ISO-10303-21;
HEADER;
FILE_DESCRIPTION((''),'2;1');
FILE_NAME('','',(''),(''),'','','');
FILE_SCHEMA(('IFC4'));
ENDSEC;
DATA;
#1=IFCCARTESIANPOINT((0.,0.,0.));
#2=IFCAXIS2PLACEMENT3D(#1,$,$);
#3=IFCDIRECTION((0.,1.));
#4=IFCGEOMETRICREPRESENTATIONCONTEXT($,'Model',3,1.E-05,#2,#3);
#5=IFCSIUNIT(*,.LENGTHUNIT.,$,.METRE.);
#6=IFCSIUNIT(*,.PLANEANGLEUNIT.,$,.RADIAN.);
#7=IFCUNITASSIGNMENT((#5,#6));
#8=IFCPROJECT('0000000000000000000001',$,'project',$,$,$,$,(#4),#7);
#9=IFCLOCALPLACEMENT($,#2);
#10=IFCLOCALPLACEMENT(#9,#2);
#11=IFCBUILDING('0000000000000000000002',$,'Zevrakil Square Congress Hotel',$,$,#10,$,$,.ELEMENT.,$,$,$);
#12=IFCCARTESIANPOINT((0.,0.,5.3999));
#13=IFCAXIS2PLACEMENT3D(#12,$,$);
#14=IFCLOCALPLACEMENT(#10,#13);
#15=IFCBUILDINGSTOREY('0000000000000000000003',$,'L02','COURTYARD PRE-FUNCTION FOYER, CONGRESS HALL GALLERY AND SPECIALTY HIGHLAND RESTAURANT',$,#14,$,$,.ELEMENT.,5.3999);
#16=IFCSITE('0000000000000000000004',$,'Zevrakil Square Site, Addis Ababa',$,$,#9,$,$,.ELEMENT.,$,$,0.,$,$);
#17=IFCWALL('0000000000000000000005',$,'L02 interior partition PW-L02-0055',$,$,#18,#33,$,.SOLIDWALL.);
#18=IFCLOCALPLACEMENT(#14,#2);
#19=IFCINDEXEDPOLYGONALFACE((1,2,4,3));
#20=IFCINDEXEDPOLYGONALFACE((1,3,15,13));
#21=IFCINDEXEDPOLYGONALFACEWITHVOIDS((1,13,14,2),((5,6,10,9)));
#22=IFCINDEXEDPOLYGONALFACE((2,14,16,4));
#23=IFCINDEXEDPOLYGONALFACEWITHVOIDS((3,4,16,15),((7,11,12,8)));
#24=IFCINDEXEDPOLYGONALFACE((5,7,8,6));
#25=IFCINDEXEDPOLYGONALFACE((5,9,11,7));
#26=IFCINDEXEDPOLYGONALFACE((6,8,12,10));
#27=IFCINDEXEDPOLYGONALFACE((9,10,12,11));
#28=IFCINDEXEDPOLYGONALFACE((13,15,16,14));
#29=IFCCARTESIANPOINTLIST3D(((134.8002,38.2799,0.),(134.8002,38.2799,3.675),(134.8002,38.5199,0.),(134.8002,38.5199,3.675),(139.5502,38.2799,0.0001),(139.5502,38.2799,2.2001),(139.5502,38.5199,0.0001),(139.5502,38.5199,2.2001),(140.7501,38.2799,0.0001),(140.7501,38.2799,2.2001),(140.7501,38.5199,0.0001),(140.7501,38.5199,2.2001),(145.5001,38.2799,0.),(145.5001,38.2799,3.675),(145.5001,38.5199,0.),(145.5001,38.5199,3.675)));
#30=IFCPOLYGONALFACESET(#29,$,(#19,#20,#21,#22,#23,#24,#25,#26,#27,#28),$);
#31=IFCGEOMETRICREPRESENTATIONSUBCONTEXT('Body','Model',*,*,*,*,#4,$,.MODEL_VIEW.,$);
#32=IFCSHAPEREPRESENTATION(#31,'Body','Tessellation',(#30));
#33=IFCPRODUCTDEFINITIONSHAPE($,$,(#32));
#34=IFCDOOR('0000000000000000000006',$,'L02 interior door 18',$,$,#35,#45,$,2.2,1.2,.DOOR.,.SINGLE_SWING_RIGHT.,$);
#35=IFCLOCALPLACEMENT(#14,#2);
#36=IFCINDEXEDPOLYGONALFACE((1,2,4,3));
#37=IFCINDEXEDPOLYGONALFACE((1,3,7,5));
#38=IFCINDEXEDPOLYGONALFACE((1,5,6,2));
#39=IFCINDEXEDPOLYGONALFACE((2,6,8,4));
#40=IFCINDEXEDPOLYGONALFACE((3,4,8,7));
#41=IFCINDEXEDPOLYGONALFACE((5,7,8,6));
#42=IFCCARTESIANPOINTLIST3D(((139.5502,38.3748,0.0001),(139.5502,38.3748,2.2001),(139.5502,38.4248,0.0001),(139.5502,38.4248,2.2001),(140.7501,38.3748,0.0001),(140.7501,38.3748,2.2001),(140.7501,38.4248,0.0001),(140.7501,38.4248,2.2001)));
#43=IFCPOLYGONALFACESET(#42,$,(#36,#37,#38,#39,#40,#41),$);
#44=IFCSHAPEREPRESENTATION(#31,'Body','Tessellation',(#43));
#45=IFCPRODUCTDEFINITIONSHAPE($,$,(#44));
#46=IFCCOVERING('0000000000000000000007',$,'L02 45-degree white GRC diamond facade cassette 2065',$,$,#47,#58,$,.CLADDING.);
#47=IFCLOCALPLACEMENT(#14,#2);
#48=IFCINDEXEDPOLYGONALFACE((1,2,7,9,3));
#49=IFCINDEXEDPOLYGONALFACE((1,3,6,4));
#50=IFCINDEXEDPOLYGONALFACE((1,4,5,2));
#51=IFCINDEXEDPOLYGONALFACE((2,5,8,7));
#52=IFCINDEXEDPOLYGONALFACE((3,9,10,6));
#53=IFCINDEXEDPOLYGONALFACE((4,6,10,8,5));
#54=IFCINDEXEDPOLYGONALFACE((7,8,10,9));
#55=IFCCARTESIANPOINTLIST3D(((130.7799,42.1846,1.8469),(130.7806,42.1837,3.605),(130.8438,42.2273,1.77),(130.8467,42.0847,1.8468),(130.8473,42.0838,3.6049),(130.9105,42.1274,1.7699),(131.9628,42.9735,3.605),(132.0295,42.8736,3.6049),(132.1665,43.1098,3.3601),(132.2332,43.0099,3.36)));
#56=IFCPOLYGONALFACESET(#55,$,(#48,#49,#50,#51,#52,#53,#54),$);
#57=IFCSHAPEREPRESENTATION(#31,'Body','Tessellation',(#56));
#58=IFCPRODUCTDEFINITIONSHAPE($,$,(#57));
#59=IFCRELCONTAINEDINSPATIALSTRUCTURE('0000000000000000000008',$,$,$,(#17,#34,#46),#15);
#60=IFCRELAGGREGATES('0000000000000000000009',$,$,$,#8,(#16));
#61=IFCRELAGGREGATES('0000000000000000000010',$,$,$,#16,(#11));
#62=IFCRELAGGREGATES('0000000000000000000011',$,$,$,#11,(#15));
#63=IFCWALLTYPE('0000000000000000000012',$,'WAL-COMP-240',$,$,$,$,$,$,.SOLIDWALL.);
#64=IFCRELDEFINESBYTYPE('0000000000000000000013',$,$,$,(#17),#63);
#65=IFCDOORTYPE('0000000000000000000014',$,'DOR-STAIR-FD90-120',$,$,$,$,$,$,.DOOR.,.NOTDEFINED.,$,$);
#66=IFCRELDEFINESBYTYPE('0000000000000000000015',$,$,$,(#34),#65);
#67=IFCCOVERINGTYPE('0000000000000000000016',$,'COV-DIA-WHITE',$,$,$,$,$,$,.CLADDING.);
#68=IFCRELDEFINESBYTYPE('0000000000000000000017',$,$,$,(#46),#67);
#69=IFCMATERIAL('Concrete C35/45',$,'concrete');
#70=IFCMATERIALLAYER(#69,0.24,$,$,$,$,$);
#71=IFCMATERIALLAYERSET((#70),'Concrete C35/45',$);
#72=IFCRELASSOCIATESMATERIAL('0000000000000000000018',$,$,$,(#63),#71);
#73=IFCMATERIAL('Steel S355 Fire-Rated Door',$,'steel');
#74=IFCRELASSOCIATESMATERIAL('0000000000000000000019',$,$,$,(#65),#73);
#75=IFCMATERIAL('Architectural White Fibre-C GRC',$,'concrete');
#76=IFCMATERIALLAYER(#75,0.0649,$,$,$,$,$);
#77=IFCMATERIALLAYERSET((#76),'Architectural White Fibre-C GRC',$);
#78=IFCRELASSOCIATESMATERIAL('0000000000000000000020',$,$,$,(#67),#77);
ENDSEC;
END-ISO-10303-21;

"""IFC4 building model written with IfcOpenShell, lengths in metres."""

from ifc_helpers import new_model, si_unit, direction, frame, frame_2d, origin, place, context, subcontext, project, spatial, polyline, rectangle, outline, extrude, material, layer, layer_set, type_object, element, fill, save


model = new_model("IFC4")

# Units and contexts
model_context = context("Model", 3, precision=1e-05, world=origin(), true_north=direction((0.0, 1.0)))
body_context = subcontext(model_context, "Body", "Model", "MODEL_VIEW")
ifc_project = project(units=[si_unit("LENGTHUNIT", "METRE"), si_unit("PLANEANGLEUNIT", "RADIAN")], contexts=[model_context])

# Site, building, storey
site_placement = place(None, origin())
site = spatial("IfcSite", under=ifc_project, at=site_placement, Name="Zevrakil Square Site, Addis Ababa", CompositionType="ELEMENT", RefElevation=0.0)
building_placement = place(site_placement, origin())
building = spatial("IfcBuilding", under=site, at=building_placement, Name="Zevrakil Square Congress Hotel", CompositionType="ELEMENT")
storey_placement = place(building_placement, frame((0.0, 0.0, 5.3999)))
storey = spatial("IfcBuildingStorey", under=building, at=storey_placement, Name="L02", Description="COURTYARD PRE-FUNCTION FOYER, CONGRESS HALL GALLERY AND SPECIALTY HIGHLAND RESTAURANT", CompositionType="ELEMENT", Elevation=5.3999)

# Wall, opening, door
ifc_material_1 = material(Name="Concrete C35/45", Category="concrete")
ifc_layer_1 = layer(ifc_material_1, 0.24)
ifc_layer_set_1 = layer_set([ifc_layer_1], Name="Concrete C35/45")
wall_type = type_object("IfcWallType", Name="WAL-COMP-240", PredefinedType="SOLIDWALL", material=ifc_layer_set_1)
wall_1_placement = place(storey_placement, frame((134.8, 38.3999, 0.0), z_axis=(0.0, 0.0, 1.0), x_axis=(1.0, 0.0, 0.0)))
wall_1 = element("IfcWall", 1, at=wall_1_placement, inside=storey, type_object=wall_type, Name="L02 interior partition PW-L02-0055", PredefinedType="SOLIDWALL", context=body_context, shape_type="SweptSolid", body=[
    extrude(rectangle(XDim=10.7, YDim=0.24, at=frame_2d((5.3501, 0.0))), origin(), (0.0, 0.0, 1.0), 3.675),
])
opening_1_placement = place(wall_1_placement, frame((4.75, 0.0, 0.0)))
opening_1 = element("IfcOpeningElement", 2, at=opening_1_placement, cuts=wall_1, PredefinedType="OPENING", context=body_context, shape_type="SweptSolid", body=[
    extrude(rectangle(XDim=1.2, YDim=2.2, at=frame_2d((0.6001, 1.1001))), frame((0.0, 0.1299, 0.0), z_axis=(0.0, -1.0, 0.0), x_axis=(1.0, 0.0, 0.0)), (0.0, 0.0, 1.0), 0.26),
])
ifc_material_2 = material(Name="Steel S355 Fire-Rated Door", Category="steel")
door_type_1 = type_object("IfcDoorType", Name="DOR-STAIR-FD90-120", OperationType="NOTDEFINED", PredefinedType="DOOR", material=ifc_material_2)
door_1_placement = place(opening_1_placement, origin())
door_1 = element("IfcDoor", 3, at=door_1_placement, inside=storey, type_object=door_type_1, Name="L02 interior door 18", OperationType="SINGLE_SWING_RIGHT", OverallHeight=2.2, OverallWidth=1.2, PredefinedType="DOOR", context=body_context, shape_type="SweptSolid", body=[
    extrude(rectangle(XDim=1.2, YDim=2.2, at=frame_2d((0.6001, 1.1001))), frame((0.0, 0.0249, 0.0), z_axis=(0.0, -1.0, 0.0), x_axis=(1.0, 0.0, 0.0)), (0.0, 0.0, 1.0), 0.05),
])
fill(opening_1, door_1)

# Covering
ifc_material_3 = material(Name="Architectural White Fibre-C GRC", Category="concrete")
ifc_layer_2 = layer(ifc_material_3, 0.0649)
ifc_layer_set_2 = layer_set([ifc_layer_2], Name="Architectural White Fibre-C GRC")
covering_type = type_object("IfcCoveringType", Name="COV-DIA-WHITE", PredefinedType="CLADDING", material=ifc_layer_set_2)
covering_placement = place(storey_placement, frame((130.8438, 42.2273, 1.77), z_axis=(-0.555521, 0.831502, 0.000642), x_axis=(0.588214, 0.392436, 0.707106)))
element("IfcCovering", 4, at=covering_placement, inside=storey, type_object=covering_type, Name="L02 45-degree white GRC diamond facade cassette 2065", PredefinedType="CLADDING", context=body_context, shape_type="SweptSolid", body=[
    extrude(outline(polyline([(0.0, 0.0), (2.2487, 0.0), (2.2486, -0.3465), (1.2433, -1.3518), (0.0001, -0.1087), (0.0, 0.0)])), origin(), (0.0, 0.0, -1.0), 0.1201),
])

save(model, "model.ifc")
